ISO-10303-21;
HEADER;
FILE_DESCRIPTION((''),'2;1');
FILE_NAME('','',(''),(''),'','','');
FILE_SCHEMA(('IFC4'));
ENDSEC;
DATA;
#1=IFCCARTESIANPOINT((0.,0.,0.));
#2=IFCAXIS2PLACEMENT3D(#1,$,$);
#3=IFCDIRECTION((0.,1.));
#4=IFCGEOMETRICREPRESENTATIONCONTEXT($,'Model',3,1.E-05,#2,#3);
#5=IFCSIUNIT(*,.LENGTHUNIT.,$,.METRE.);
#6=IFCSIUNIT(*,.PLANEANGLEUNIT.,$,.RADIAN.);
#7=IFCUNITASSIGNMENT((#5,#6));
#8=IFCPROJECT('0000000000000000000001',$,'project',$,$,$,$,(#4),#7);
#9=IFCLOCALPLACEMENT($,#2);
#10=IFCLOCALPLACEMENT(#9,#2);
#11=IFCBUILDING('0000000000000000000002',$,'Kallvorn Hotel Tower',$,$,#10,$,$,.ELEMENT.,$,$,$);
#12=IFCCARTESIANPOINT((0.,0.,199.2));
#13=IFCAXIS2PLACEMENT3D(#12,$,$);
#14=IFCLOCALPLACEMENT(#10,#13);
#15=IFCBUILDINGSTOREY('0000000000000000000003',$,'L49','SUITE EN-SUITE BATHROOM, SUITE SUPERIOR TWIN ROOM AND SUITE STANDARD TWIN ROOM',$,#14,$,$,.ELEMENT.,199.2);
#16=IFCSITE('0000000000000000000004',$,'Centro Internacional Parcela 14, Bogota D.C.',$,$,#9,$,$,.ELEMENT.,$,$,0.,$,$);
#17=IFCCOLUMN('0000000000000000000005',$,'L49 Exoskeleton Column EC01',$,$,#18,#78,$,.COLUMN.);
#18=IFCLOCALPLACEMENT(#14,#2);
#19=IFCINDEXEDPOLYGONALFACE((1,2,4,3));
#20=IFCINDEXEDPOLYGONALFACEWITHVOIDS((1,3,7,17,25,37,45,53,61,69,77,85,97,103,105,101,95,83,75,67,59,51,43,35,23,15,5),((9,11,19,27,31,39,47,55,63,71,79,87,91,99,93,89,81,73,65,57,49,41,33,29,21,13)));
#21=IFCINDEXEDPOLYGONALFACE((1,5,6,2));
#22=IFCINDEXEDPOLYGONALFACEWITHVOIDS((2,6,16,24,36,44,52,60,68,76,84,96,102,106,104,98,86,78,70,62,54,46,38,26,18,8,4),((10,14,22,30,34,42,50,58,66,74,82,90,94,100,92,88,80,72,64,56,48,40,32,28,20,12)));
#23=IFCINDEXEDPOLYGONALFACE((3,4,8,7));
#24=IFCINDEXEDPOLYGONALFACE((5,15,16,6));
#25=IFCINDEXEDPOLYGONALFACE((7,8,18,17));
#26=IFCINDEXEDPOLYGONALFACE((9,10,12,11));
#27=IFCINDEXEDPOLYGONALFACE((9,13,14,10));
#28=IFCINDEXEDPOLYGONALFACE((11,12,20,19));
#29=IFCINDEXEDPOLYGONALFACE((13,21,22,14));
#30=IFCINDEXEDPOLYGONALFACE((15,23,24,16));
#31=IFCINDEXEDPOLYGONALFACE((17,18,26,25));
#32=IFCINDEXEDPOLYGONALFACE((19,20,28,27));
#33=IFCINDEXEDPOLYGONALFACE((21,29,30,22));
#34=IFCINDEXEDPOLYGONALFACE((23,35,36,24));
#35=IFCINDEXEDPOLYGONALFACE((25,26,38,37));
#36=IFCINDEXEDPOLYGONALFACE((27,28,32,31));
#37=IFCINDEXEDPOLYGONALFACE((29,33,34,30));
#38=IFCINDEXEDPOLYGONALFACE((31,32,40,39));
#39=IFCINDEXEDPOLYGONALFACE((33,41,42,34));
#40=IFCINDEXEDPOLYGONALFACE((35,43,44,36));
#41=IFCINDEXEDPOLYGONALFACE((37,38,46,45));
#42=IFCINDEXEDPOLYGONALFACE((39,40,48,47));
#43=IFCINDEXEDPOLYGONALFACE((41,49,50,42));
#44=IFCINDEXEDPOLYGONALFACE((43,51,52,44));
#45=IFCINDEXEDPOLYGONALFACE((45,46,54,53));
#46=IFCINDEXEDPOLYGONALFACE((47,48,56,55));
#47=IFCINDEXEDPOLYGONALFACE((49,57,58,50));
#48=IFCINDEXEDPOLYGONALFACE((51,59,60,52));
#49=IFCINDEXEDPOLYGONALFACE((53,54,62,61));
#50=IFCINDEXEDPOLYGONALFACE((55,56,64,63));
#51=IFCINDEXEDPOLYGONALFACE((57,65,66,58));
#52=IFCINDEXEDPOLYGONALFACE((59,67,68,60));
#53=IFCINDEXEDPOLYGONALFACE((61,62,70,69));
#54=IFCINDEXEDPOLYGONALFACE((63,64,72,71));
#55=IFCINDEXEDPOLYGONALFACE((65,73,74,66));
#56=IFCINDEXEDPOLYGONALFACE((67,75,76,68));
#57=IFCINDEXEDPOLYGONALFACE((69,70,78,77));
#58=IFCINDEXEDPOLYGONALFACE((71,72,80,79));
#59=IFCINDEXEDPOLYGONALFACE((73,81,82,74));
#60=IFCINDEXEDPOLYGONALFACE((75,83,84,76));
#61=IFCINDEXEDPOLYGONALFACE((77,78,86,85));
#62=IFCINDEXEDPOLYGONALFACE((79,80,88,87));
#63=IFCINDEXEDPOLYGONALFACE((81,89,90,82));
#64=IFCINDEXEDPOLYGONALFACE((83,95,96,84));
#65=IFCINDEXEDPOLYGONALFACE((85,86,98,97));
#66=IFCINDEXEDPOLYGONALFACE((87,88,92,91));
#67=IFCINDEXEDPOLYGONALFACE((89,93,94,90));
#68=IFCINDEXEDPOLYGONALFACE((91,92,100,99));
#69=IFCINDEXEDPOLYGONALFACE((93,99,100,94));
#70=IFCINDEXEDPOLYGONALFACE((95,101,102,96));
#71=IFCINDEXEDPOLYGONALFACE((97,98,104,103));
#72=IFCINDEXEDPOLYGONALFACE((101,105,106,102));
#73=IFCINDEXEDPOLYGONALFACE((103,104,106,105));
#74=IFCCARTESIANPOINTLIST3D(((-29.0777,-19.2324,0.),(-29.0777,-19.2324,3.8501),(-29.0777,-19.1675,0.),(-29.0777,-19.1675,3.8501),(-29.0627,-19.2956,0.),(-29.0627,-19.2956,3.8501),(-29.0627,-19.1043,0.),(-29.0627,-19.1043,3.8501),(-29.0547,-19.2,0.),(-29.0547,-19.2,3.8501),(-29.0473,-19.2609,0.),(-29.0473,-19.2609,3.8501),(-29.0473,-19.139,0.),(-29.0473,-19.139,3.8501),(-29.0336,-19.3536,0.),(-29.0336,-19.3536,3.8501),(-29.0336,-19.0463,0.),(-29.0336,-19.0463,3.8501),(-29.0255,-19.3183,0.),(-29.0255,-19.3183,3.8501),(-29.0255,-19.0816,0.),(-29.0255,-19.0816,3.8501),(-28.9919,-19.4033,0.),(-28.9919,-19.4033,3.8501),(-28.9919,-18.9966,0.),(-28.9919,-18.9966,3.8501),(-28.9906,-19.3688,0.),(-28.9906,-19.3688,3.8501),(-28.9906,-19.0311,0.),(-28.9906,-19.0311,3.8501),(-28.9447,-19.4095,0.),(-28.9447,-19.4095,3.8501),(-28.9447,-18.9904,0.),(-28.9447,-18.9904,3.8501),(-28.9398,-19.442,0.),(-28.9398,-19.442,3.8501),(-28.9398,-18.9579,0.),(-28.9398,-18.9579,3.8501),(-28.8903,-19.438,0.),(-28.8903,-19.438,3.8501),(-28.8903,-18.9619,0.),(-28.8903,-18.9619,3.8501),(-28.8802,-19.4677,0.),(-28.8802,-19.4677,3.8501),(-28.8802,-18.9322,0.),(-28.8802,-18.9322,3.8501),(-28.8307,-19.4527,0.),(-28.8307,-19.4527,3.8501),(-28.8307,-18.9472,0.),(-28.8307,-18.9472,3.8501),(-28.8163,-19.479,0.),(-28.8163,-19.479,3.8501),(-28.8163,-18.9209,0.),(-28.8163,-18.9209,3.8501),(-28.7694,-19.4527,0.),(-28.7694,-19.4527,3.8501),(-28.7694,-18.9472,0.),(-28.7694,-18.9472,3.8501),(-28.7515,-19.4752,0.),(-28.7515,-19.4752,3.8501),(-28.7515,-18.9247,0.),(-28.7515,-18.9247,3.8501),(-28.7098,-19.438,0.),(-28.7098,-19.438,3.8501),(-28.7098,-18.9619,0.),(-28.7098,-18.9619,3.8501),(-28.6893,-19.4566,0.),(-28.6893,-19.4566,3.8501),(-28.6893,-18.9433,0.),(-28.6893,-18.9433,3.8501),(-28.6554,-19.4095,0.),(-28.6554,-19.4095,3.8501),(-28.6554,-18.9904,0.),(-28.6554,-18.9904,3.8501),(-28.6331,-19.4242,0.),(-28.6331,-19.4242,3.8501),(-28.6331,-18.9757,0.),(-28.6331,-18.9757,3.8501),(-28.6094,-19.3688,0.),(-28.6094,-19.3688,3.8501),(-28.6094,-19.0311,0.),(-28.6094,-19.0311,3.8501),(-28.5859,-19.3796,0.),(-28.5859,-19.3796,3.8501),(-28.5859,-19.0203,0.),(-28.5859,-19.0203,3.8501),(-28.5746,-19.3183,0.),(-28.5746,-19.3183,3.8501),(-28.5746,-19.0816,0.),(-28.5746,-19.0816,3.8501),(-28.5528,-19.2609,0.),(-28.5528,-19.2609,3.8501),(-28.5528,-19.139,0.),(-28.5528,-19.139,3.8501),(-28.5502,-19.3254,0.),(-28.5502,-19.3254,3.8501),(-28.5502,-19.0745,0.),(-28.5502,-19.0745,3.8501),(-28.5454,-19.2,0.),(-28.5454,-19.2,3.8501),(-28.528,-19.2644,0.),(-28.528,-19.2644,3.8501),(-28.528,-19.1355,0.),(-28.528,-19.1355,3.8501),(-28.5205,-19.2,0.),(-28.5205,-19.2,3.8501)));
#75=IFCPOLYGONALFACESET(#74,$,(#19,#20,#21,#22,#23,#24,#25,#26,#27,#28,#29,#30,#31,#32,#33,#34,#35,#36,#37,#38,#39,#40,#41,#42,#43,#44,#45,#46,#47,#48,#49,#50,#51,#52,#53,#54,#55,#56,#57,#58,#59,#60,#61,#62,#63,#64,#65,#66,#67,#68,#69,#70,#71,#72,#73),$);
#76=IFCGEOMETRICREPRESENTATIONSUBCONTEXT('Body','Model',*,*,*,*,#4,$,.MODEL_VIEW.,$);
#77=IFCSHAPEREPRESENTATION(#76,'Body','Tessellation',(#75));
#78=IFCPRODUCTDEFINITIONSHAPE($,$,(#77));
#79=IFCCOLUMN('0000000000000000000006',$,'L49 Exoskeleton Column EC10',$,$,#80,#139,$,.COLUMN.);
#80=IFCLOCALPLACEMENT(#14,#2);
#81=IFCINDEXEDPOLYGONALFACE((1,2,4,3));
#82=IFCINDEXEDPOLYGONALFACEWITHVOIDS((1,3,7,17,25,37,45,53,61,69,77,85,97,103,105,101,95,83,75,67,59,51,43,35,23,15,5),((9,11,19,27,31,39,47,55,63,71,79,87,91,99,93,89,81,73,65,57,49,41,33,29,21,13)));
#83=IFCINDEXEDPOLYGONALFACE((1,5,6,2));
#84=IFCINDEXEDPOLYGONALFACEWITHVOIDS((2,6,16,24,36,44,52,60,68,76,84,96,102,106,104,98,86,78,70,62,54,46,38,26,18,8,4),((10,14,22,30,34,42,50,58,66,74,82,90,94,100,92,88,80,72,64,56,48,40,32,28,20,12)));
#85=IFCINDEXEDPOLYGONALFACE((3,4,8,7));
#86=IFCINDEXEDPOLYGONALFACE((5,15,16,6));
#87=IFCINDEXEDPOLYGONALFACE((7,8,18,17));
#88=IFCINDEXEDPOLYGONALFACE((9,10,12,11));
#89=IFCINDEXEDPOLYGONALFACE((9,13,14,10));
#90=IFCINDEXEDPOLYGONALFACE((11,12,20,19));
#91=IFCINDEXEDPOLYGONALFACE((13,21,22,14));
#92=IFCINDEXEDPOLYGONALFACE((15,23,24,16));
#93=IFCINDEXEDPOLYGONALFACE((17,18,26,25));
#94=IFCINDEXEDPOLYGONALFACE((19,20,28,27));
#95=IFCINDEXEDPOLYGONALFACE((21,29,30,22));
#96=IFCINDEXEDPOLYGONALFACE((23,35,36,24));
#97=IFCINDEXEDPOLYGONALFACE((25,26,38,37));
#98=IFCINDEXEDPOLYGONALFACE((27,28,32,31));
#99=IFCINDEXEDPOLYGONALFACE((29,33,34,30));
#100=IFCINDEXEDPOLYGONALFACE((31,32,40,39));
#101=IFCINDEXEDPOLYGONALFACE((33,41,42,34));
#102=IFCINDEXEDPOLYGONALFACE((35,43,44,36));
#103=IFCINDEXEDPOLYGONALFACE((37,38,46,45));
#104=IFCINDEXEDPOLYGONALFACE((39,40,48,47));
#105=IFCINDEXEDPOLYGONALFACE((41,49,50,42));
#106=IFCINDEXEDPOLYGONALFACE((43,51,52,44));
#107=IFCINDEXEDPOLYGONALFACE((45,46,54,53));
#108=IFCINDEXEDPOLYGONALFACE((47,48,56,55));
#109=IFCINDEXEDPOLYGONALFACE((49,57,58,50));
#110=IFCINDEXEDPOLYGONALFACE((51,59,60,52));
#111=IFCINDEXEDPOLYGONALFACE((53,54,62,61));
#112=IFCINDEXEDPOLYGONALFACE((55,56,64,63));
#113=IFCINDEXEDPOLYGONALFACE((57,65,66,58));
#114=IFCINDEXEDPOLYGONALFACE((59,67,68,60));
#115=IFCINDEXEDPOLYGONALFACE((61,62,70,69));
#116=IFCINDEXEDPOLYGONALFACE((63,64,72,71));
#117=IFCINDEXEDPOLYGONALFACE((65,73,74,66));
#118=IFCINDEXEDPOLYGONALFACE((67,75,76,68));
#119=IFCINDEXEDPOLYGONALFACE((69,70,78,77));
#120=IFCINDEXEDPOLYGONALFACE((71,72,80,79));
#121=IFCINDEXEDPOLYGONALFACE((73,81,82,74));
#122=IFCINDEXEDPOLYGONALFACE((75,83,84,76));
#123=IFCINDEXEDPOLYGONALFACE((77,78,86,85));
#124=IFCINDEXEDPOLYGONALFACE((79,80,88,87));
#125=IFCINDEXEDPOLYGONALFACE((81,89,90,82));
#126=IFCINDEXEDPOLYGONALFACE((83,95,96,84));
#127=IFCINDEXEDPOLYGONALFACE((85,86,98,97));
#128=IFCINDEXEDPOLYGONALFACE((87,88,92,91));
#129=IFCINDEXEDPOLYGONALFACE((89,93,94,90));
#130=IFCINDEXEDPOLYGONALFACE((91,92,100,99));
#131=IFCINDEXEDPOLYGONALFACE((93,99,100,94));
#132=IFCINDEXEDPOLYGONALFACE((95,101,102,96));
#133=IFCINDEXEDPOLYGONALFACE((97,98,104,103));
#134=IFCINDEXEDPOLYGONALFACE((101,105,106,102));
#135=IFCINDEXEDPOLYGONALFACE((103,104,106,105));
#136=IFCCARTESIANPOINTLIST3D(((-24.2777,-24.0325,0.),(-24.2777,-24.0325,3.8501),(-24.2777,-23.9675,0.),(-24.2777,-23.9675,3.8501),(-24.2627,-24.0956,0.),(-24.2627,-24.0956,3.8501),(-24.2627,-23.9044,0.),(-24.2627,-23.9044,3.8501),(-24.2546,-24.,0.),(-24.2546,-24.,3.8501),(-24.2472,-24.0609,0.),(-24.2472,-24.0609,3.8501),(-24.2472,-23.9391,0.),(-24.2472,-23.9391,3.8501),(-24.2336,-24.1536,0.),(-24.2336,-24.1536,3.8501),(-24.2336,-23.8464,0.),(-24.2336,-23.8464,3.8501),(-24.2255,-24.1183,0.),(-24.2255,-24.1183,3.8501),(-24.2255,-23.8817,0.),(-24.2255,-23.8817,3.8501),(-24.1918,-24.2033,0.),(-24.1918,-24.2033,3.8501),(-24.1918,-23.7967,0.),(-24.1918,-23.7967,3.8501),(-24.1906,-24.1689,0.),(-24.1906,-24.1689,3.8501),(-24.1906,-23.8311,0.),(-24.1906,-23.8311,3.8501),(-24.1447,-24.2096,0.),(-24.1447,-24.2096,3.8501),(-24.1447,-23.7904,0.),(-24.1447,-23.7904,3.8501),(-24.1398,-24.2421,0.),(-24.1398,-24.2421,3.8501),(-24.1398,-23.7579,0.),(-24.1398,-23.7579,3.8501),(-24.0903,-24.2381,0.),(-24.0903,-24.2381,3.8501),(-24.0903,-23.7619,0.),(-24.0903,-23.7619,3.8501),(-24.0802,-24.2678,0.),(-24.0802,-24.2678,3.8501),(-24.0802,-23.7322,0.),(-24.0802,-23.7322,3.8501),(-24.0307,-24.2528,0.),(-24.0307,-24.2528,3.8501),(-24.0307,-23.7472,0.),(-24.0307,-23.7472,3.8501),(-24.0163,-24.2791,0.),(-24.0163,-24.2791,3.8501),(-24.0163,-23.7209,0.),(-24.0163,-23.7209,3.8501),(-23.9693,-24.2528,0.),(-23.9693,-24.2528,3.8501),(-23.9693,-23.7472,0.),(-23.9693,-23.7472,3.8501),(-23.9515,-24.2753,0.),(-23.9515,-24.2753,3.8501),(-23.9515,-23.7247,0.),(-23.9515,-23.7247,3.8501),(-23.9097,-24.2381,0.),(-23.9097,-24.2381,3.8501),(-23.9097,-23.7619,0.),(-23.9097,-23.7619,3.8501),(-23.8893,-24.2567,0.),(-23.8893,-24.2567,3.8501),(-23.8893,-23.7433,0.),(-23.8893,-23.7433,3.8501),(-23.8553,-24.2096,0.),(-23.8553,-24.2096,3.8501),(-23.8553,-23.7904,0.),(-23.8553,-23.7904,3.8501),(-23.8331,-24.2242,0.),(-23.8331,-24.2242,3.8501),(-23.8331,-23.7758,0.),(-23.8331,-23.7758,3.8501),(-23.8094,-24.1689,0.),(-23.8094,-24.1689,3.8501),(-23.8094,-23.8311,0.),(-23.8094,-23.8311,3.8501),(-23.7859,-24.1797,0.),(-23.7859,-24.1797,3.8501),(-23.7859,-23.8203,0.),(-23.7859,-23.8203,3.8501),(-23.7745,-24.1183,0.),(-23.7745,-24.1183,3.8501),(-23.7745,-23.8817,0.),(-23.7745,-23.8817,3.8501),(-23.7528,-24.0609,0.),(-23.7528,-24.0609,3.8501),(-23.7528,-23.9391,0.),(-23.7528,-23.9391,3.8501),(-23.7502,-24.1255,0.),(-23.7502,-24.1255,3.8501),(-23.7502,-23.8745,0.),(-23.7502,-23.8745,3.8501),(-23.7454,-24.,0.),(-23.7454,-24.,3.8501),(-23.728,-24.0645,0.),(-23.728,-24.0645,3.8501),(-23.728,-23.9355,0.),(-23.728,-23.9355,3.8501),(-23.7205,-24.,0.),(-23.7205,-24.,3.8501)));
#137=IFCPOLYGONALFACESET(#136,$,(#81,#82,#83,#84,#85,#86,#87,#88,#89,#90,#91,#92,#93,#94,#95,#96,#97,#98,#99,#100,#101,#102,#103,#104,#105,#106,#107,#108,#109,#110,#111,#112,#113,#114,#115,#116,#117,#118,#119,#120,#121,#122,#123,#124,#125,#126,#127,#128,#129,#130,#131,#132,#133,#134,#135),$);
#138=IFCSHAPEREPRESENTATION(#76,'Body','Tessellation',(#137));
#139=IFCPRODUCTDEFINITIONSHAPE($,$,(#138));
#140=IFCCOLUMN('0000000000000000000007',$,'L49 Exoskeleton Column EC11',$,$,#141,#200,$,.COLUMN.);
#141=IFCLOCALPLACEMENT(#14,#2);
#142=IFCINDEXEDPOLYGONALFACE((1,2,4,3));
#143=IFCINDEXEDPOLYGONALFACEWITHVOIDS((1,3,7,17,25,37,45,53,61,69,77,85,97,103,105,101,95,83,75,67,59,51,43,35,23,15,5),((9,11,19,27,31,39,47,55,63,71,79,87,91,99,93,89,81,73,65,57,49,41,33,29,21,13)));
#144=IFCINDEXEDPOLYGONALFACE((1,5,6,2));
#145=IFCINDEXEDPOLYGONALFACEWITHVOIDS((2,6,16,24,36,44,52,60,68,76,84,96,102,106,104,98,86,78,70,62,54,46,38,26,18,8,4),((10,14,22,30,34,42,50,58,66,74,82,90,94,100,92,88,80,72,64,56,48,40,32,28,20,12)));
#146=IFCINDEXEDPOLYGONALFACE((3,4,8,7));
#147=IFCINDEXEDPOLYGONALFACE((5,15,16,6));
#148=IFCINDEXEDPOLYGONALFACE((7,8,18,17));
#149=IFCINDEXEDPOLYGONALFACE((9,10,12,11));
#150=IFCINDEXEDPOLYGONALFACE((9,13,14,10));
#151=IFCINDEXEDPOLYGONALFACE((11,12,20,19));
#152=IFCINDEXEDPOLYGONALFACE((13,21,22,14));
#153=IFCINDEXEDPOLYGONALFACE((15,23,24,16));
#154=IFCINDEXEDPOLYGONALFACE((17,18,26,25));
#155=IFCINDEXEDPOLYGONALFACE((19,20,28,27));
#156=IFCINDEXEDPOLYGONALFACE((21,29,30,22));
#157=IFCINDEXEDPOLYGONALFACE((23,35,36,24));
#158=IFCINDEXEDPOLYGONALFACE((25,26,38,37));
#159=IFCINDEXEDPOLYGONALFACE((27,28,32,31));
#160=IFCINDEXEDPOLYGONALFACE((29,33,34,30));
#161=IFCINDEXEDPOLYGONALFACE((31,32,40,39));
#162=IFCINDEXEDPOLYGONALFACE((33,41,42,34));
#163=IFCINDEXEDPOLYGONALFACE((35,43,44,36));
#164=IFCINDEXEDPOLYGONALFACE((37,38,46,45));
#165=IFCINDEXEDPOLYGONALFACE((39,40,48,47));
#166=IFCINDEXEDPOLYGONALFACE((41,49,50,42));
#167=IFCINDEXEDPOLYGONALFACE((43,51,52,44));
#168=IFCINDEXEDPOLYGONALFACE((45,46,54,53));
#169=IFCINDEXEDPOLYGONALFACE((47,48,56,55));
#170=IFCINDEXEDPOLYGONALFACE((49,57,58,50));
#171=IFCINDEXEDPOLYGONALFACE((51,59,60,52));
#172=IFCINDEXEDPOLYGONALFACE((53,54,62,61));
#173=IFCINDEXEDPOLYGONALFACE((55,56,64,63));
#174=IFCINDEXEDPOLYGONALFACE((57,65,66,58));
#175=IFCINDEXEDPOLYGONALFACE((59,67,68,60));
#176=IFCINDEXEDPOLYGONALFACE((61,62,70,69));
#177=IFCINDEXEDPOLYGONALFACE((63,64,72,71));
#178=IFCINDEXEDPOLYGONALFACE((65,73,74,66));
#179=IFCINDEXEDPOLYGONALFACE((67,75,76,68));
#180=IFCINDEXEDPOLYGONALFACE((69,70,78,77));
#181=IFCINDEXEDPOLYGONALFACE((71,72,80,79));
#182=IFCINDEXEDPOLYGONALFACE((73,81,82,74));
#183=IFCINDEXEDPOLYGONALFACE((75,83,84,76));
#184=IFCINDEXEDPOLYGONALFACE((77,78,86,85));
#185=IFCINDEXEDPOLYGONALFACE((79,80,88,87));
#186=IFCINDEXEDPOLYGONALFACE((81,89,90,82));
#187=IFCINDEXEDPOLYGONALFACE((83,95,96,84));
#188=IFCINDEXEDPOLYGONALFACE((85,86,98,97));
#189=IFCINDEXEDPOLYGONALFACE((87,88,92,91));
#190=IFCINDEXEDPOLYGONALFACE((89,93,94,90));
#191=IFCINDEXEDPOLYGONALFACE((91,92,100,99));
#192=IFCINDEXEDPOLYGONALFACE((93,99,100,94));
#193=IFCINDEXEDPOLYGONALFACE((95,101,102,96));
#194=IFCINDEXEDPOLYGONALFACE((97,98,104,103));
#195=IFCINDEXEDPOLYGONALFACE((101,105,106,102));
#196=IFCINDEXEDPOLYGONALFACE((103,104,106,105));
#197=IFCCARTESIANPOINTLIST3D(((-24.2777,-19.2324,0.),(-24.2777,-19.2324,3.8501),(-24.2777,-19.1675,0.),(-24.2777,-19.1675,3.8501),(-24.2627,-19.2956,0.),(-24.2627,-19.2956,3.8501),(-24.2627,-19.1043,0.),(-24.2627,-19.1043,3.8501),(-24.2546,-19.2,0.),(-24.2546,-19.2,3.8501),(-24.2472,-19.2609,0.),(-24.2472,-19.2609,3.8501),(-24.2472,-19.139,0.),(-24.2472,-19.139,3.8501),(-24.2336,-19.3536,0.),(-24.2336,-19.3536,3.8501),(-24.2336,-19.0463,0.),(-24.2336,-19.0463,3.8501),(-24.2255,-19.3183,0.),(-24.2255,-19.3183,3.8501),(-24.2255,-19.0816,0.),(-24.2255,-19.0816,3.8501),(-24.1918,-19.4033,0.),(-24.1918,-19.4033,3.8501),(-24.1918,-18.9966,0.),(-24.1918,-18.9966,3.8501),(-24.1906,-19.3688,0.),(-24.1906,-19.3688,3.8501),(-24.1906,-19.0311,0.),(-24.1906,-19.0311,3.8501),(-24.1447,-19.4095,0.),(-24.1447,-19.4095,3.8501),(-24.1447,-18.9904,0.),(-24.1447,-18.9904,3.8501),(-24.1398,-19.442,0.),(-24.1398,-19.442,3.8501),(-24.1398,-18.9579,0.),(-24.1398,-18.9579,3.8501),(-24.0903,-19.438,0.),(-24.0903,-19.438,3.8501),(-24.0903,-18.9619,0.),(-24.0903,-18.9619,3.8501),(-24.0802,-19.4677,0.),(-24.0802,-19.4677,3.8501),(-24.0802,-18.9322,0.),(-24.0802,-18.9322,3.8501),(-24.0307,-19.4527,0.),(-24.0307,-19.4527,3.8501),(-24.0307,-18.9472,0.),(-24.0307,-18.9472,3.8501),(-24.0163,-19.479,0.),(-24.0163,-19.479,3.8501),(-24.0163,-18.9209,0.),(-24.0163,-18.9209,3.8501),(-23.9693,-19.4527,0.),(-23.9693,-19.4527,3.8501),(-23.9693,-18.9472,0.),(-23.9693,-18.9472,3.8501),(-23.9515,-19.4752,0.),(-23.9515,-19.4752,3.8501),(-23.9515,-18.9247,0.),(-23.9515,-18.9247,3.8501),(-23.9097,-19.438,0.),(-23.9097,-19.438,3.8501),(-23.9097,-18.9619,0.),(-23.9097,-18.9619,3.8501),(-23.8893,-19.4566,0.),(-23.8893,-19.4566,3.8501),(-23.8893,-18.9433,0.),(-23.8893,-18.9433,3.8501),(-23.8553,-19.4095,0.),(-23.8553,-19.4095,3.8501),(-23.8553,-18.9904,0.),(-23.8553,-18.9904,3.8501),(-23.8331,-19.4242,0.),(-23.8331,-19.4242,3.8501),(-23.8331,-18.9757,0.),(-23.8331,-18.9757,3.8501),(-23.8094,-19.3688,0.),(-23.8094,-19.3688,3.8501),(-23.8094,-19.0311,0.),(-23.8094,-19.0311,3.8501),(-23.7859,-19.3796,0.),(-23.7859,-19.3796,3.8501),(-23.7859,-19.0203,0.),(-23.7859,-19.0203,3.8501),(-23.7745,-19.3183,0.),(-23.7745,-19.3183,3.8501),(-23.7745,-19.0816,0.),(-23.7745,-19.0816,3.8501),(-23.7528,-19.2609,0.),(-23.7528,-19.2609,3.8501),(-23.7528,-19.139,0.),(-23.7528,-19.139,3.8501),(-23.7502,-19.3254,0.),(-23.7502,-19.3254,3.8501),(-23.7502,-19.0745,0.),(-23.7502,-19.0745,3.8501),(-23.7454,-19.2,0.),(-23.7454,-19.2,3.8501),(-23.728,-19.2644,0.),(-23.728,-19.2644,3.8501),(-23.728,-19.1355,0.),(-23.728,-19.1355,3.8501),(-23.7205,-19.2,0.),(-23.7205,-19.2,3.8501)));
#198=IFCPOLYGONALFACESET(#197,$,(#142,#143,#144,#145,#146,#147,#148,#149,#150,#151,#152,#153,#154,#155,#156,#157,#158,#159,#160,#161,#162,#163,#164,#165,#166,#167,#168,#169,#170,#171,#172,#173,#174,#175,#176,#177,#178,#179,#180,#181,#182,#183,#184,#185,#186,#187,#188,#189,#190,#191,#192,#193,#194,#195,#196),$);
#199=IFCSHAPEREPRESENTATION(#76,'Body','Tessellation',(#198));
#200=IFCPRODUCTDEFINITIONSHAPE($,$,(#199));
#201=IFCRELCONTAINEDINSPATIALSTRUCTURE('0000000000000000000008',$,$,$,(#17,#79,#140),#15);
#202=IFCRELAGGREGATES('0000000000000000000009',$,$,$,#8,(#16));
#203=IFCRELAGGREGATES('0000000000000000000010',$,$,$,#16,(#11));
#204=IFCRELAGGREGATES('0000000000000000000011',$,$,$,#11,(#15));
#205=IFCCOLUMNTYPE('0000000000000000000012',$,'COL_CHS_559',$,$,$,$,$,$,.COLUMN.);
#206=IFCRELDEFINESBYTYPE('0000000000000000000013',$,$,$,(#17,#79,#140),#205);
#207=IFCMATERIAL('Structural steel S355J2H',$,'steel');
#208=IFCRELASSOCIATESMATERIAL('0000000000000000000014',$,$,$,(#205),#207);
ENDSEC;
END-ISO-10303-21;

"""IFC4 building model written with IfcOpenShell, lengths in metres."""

from ifc_helpers import new_model, si_unit, direction, frame, origin, origin_2d, place, context, subcontext, project, spatial, hollow_circle, extrude, material, material_profile, profile_set, type_object, element, save


model = new_model("IFC4")

# Units and contexts
model_context = context("Model", 3, precision=1e-05, world=origin(), true_north=direction((0.0, 1.0)))
body_context = subcontext(model_context, "Body", "Model", "MODEL_VIEW")
ifc_project = project(units=[si_unit("LENGTHUNIT", "METRE"), si_unit("PLANEANGLEUNIT", "RADIAN")], contexts=[model_context])

# Site, building, storey
site_placement = place(None, origin())
site = spatial("IfcSite", under=ifc_project, at=site_placement, Name="Centro Internacional Parcela 14, Bogota D.C.", CompositionType="ELEMENT", RefElevation=0.0)
building_placement = place(site_placement, origin())
building = spatial("IfcBuilding", under=site, at=building_placement, Name="Kallvorn Hotel Tower", CompositionType="ELEMENT")
storey_placement = place(building_placement, frame((0.0, 0.0, 199.2)))
storey = spatial("IfcBuildingStorey", under=building, at=storey_placement, Name="L49", Description="SUITE EN-SUITE BATHROOM, SUITE SUPERIOR TWIN ROOM AND SUITE STANDARD TWIN ROOM", CompositionType="ELEMENT", Elevation=199.2)

# Columns
ifc_material_1 = material(Name="Structural steel S355J2H", Category="steel")
ifc_material_profile_1 = material_profile(ifc_material_1, hollow_circle(Radius=0.2795, WallThickness=0.0249, at=origin_2d()), Name="CHS 559x25")
ifc_profile_set_1 = profile_set([ifc_material_profile_1], Name="Structural steel S355J2H")
column_type = type_object("IfcColumnType", Name="COL_CHS_559", PredefinedType="COLUMN", material=ifc_profile_set_1)
for number, where, z_axis, x_axis, name in (
    (1, (-28.8, -19.2, 0.0), (0.0, 0.0, 1.0), (1.0, 0.0, 0.0), "L49 Exoskeleton Column EC01"),
    (2, (-24.0, -24.0, 0.0), (0.0, 0.0, 1.0), (1.0, 0.0, 0.0), "L49 Exoskeleton Column EC10"),
    (3, (-24.0, -19.2, 0.0), (0.0, 0.0, 1.0), (1.0, 0.0, 0.0), "L49 Exoskeleton Column EC11"),
):
    element("IfcColumn", number, at=place(storey_placement, frame(where, z_axis=z_axis, x_axis=x_axis)), inside=storey, type_object=column_type, Name=name, PredefinedType="COLUMN", context=body_context, shape_type="SweptSolid", body=[
        extrude(hollow_circle(Radius=0.2795, WallThickness=0.0249, at=origin_2d()), origin(), (0.0, 0.0, 1.0), 3.8501),
    ])

save(model, "model.ifc")
